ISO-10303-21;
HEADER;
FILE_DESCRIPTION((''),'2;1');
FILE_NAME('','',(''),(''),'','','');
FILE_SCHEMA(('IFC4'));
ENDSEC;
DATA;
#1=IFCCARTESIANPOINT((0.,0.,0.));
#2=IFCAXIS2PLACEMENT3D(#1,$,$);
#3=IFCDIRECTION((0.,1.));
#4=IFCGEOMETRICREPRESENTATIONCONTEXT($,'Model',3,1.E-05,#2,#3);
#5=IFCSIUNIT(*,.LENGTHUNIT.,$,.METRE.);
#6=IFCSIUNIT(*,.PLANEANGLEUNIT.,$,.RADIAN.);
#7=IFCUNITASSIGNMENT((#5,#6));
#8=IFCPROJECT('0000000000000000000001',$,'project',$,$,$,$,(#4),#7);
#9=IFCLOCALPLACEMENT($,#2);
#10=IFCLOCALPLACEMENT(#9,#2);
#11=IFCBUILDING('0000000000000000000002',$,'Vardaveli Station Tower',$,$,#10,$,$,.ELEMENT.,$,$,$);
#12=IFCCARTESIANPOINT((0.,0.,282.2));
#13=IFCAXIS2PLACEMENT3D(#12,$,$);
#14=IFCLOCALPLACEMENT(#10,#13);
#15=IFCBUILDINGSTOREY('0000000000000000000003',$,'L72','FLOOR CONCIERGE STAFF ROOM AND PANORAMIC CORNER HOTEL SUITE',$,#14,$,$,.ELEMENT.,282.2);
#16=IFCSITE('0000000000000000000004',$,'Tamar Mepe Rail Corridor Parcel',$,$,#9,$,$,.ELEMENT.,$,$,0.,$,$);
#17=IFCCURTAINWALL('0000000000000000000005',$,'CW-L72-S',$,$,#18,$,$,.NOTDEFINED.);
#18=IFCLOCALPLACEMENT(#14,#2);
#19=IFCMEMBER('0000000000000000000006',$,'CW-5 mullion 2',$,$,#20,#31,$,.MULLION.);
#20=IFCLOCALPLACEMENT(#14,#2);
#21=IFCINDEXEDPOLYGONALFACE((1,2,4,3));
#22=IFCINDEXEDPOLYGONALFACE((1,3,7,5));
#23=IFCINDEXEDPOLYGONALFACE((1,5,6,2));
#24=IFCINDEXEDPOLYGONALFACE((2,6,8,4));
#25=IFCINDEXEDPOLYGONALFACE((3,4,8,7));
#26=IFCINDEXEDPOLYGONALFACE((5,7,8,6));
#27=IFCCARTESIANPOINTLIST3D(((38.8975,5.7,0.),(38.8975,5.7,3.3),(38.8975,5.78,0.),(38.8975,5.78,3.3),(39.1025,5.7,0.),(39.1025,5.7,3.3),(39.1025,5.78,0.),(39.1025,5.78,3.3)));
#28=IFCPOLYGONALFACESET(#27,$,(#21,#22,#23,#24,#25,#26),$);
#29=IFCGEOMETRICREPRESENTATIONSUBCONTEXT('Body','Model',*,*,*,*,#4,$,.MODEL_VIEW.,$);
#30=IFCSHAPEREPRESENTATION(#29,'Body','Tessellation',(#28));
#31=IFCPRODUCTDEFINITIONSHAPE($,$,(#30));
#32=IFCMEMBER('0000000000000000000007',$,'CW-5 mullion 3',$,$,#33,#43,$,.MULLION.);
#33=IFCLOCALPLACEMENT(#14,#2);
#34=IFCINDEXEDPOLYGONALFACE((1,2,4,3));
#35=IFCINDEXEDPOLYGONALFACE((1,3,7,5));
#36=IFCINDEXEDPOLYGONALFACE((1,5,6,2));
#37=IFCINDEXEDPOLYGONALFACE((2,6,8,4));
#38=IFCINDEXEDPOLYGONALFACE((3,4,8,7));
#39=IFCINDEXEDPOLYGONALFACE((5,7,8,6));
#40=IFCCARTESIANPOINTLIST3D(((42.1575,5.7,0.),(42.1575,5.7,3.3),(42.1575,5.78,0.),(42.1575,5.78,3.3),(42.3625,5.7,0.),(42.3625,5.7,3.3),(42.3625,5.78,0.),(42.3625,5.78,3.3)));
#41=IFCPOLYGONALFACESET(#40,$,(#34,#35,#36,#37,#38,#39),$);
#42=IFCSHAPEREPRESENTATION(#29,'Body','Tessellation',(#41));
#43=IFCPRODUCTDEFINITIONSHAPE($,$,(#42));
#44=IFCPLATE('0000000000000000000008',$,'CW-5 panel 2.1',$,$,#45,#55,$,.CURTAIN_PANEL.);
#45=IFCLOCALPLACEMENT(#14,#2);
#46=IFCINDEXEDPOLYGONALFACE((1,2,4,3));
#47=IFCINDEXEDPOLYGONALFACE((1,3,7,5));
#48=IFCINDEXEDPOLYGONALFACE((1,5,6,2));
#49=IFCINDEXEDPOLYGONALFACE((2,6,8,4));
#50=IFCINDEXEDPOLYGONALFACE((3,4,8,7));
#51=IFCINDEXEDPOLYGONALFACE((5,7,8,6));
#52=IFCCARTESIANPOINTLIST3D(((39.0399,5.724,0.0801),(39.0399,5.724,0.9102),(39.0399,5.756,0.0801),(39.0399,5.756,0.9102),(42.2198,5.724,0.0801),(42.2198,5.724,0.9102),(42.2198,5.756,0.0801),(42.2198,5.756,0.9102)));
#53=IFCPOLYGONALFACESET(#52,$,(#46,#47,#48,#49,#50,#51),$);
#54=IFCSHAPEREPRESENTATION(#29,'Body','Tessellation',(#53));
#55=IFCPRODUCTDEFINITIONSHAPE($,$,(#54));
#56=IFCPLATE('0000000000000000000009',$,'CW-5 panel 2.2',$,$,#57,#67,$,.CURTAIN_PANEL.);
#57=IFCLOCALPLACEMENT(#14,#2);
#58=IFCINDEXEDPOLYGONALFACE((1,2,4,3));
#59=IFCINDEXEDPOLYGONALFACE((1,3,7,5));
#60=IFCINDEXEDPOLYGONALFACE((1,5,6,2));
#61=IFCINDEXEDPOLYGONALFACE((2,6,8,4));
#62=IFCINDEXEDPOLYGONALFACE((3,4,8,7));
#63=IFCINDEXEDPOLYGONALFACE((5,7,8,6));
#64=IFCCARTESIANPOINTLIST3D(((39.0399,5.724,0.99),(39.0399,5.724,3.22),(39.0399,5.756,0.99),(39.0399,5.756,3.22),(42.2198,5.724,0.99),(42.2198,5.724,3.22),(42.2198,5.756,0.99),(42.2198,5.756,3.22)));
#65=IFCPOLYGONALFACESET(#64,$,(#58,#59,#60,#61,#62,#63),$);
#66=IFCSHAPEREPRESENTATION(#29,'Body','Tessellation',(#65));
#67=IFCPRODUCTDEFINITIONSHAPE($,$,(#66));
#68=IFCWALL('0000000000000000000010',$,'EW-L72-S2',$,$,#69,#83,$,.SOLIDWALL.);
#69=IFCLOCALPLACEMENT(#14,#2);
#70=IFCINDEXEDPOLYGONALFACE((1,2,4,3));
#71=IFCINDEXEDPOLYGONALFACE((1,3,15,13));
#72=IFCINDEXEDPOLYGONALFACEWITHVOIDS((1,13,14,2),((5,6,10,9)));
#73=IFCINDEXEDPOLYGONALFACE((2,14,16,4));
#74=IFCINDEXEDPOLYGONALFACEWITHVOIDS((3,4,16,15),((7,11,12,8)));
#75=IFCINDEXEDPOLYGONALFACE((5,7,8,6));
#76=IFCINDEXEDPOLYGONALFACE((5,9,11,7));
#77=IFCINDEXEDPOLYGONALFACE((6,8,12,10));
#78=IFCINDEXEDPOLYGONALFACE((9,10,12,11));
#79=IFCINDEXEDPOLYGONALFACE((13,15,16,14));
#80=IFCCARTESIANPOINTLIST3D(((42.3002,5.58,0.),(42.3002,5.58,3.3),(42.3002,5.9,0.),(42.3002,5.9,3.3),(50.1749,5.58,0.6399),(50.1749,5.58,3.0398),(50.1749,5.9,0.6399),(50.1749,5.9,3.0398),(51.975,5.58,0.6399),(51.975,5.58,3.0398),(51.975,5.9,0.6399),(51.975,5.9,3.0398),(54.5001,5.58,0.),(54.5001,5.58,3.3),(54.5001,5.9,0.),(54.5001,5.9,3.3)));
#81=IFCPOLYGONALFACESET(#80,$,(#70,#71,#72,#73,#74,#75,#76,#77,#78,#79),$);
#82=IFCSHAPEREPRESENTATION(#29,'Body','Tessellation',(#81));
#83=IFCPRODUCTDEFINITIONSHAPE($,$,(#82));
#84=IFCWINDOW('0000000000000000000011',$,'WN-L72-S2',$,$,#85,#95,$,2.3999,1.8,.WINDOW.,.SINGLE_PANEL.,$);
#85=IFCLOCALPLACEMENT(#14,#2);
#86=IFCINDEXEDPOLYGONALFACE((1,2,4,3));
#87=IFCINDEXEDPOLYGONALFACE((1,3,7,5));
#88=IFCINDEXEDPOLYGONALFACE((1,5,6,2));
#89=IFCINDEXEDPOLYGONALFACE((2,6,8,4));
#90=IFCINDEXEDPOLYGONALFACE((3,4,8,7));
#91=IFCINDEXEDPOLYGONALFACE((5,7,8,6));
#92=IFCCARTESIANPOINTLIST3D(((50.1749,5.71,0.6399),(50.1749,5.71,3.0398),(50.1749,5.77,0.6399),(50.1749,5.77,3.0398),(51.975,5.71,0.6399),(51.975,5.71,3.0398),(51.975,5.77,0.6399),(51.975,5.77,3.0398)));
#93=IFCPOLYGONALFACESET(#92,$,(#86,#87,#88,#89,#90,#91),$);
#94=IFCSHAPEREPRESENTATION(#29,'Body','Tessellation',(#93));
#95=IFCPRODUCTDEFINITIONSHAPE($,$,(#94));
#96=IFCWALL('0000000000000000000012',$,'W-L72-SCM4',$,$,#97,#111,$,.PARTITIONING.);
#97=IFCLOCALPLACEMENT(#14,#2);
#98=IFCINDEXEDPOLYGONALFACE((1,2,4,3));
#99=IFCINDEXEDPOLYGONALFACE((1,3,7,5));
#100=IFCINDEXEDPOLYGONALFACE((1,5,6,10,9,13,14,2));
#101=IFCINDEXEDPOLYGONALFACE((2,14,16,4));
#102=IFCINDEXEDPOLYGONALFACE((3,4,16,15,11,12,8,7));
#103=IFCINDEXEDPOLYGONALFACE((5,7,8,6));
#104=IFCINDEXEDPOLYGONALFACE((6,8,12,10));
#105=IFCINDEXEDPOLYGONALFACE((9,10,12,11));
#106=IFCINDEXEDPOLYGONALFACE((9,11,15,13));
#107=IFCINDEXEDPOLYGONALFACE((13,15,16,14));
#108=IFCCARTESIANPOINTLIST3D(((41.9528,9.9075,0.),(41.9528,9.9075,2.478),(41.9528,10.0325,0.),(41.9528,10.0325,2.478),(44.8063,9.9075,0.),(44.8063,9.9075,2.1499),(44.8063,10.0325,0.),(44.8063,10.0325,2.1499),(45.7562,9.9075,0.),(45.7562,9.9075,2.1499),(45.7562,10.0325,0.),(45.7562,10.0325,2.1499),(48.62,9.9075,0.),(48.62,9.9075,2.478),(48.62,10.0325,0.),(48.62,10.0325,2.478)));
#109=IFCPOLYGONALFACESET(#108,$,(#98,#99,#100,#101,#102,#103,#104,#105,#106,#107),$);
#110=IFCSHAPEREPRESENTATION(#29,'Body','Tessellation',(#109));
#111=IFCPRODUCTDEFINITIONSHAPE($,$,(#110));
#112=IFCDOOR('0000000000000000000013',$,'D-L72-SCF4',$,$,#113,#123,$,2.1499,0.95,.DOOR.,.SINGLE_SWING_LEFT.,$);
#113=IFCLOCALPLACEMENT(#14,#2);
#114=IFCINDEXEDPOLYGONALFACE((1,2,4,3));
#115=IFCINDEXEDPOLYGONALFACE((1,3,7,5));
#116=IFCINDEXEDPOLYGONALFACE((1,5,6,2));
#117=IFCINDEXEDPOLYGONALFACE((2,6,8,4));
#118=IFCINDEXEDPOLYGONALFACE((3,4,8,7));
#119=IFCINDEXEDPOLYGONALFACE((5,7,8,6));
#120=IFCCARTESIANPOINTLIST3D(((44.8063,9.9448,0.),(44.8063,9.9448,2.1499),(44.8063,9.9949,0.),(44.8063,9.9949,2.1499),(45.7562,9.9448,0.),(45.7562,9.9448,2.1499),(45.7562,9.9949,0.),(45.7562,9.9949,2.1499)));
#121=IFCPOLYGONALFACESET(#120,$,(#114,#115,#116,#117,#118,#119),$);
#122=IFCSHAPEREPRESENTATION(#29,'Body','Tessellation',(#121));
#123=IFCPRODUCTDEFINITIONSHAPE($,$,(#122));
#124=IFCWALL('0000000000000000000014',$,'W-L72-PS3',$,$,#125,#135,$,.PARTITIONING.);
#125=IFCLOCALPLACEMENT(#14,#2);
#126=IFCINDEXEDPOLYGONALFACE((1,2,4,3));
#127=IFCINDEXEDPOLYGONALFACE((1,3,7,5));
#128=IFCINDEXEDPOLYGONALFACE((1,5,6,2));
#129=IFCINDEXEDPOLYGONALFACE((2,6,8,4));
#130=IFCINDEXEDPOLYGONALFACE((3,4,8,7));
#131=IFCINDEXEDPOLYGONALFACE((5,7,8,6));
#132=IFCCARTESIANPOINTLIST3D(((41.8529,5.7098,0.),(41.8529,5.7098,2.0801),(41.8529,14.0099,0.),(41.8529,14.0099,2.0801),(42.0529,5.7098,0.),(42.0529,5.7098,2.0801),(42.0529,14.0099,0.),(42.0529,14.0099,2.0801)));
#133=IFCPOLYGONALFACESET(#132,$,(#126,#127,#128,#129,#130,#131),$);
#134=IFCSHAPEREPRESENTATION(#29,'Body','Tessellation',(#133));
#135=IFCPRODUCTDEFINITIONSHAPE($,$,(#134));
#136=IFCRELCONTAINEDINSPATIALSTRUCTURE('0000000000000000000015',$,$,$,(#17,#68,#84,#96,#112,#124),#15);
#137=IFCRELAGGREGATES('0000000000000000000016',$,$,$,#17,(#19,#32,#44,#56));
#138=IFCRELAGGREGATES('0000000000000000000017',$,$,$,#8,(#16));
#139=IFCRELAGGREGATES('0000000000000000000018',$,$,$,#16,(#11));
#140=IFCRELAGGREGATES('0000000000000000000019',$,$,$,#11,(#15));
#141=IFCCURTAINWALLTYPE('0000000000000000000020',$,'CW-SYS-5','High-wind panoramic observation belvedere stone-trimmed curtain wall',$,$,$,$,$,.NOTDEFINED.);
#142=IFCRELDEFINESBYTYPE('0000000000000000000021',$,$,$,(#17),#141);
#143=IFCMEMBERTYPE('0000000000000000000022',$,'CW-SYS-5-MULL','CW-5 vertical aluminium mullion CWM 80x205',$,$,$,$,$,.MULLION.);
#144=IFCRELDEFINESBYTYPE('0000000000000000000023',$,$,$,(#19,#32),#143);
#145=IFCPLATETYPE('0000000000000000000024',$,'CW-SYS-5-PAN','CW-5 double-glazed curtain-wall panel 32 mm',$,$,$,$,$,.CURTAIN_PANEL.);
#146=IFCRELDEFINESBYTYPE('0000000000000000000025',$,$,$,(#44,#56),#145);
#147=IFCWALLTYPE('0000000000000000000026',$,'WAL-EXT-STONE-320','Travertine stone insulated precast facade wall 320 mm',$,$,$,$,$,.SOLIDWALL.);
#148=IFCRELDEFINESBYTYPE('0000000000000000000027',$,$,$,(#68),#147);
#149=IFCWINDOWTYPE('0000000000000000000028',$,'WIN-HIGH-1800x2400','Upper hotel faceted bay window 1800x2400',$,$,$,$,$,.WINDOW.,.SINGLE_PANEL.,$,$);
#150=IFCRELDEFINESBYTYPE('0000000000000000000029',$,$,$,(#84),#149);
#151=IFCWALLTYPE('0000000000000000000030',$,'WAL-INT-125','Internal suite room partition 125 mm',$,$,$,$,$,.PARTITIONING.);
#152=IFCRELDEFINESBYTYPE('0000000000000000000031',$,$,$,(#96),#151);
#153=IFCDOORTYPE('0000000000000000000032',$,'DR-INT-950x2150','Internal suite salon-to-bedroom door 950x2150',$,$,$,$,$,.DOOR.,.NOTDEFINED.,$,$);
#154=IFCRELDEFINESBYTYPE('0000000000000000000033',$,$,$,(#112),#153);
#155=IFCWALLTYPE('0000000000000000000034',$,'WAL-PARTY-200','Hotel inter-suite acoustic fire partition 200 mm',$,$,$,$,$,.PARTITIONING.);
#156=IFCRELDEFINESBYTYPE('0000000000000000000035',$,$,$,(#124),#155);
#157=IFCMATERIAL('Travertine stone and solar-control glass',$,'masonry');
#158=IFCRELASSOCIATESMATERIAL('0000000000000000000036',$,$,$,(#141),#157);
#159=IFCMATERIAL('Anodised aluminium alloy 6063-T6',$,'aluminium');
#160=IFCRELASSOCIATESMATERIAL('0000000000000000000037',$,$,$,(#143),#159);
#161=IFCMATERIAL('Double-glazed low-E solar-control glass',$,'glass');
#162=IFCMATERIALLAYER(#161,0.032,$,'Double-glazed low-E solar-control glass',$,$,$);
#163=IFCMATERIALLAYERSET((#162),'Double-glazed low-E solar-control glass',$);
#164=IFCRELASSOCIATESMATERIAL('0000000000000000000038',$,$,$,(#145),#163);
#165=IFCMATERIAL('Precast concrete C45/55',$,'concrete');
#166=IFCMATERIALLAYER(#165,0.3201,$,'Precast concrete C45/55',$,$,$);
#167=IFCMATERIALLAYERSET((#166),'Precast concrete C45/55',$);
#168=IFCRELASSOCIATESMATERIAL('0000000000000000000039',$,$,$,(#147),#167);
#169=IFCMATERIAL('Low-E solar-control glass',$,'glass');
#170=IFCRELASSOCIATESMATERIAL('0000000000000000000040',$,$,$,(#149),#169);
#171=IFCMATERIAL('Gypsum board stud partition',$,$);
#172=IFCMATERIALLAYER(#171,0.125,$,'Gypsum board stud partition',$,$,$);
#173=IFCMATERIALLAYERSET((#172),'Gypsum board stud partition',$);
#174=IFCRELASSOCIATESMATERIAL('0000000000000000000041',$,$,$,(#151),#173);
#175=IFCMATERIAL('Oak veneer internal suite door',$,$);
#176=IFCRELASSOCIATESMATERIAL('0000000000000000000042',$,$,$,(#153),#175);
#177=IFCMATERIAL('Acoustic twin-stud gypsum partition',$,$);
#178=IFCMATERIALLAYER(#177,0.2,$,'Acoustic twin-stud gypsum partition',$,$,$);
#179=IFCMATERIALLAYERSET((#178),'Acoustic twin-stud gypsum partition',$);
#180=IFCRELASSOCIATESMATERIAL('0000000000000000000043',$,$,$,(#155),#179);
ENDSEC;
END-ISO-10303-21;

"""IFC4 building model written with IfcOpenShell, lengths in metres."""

from ifc_helpers import new_model, si_unit, direction, frame, frame_2d, origin, origin_2d, place, context, subcontext, project, spatial, rectangle, extrude, source, transform, mapped, material, layer, layer_set, material_profile, profile_set, type_object, element, fill, aggregate, save


model = new_model("IFC4")

# Units and contexts
model_context = context("Model", 3, precision=1e-05, world=origin(), true_north=direction((0.0, 1.0)))
body_context = subcontext(model_context, "Body", "Model", "MODEL_VIEW")
ifc_project = project(units=[si_unit("LENGTHUNIT", "METRE"), si_unit("PLANEANGLEUNIT", "RADIAN")], contexts=[model_context])

# Site, building, storey
site_placement = place(None, origin())
site = spatial("IfcSite", under=ifc_project, at=site_placement, Name="Tamar Mepe Rail Corridor Parcel", CompositionType="ELEMENT", RefElevation=0.0)
building_placement = place(site_placement, origin())
building = spatial("IfcBuilding", under=site, at=building_placement, Name="Vardaveli Station Tower", CompositionType="ELEMENT")
storey_placement = place(building_placement, frame((0.0, 0.0, 282.2)))
storey = spatial("IfcBuildingStorey", under=building, at=storey_placement, Name="L72", Description="FLOOR CONCIERGE STAFF ROOM AND PANORAMIC CORNER HOTEL SUITE", CompositionType="ELEMENT", Elevation=282.2)

# Curtain wall, members, plates
ifc_material_1 = material(Name="Travertine stone and solar-control glass", Category="masonry")
curtain_wall_type = type_object("IfcCurtainWallType", Name="CW-SYS-5", Description="High-wind panoramic observation belvedere stone-trimmed curtain wall", PredefinedType="NOTDEFINED", material=ifc_material_1)
curtain_wall_placement = place(storey_placement, origin())
curtain_wall = element("IfcCurtainWall", 1, at=curtain_wall_placement, inside=storey, type_object=curtain_wall_type, Name="CW-L72-S", PredefinedType="NOTDEFINED")
ifc_material_2 = material(Name="Anodised aluminium alloy 6063-T6", Category="aluminium")
ifc_material_profile_1 = material_profile(ifc_material_2, rectangle(XDim=0.0801, YDim=0.2051, at=origin_2d()), Name="CWM 80x205")
ifc_profile_set_1 = profile_set([ifc_material_profile_1], Name="Anodised aluminium alloy 6063-T6")
member_type_1 = type_object("IfcMemberType", Name="CW-SYS-5-MULL", Description="CW-5 vertical aluminium mullion CWM 80x205", PredefinedType="MULLION", material=ifc_profile_set_1)
shared_shape_1 = source(origin(), body_context, "Body", "SweptSolid", [
    extrude(rectangle(XDim=0.0801, YDim=0.2051, at=origin_2d()), origin(), (0.0, 0.0, 1.0), 3.3),
])
member_1_placement = place(storey_placement, frame((39.0, 5.74, 0.0), z_axis=(0.0, 0.0, 1.0), x_axis=(0.0, 1.0, 0.0)))
member_1 = element("IfcMember", 2, at=member_1_placement, type_object=member_type_1, Name="CW-5 mullion 2", PredefinedType="MULLION", context=body_context, shape_type="MappedRepresentation", body=[
    mapped(shared_shape_1, transform((0.0, 0.0, 0.0), scale=1.0)),
])
member_2_placement = place(storey_placement, frame((42.26, 5.74, 0.0), z_axis=(0.0, 0.0, 1.0), x_axis=(0.0, 1.0, 0.0)))
member_2 = element("IfcMember", 3, at=member_2_placement, type_object=member_type_1, Name="CW-5 mullion 3", PredefinedType="MULLION", context=body_context, shape_type="MappedRepresentation", body=[
    mapped(shared_shape_1, transform((0.0, 0.0, 0.0), scale=1.0)),
])
ifc_material_3 = material(Name="Double-glazed low-E solar-control glass", Category="glass")
ifc_layer_1 = layer(ifc_material_3, 0.032, Name="Double-glazed low-E solar-control glass")
ifc_layer_set_1 = layer_set([ifc_layer_1], Name="Double-glazed low-E solar-control glass")
plate_type = type_object("IfcPlateType", Name="CW-SYS-5-PAN", Description="CW-5 double-glazed curtain-wall panel 32 mm", PredefinedType="CURTAIN_PANEL", material=ifc_layer_set_1)
shared_shape_2 = source(origin(), body_context, "Body", "SweptSolid", [
    extrude(rectangle(XDim=3.1799, YDim=0.032, at=origin_2d()), origin(), (0.0, 0.0, 1.0), 0.8301),
])
plate_1_placement = place(storey_placement, frame((40.6299, 5.74, 0.0801), z_axis=(0.0, 0.0, 1.0), x_axis=(1.0, 0.0, 0.0)))
plate_1 = element("IfcPlate", 4, at=plate_1_placement, type_object=plate_type, Name="CW-5 panel 2.1", PredefinedType="CURTAIN_PANEL", context=body_context, shape_type="MappedRepresentation", body=[
    mapped(shared_shape_2, transform((0.0, 0.0, 0.0), scale=1.0)),
])
shared_shape_3 = source(origin(), body_context, "Body", "SweptSolid", [
    extrude(rectangle(XDim=3.1799, YDim=0.032, at=origin_2d()), origin(), (0.0, 0.0, 1.0), 2.23),
])
plate_2_placement = place(storey_placement, frame((40.6299, 5.74, 0.99), z_axis=(0.0, 0.0, 1.0), x_axis=(1.0, 0.0, 0.0)))
plate_2 = element("IfcPlate", 5, at=plate_2_placement, type_object=plate_type, Name="CW-5 panel 2.2", PredefinedType="CURTAIN_PANEL", context=body_context, shape_type="MappedRepresentation", body=[
    mapped(shared_shape_3, transform((0.0, 0.0, 0.0), scale=1.0)),
])
aggregate(curtain_wall, [member_1, member_2, plate_1, plate_2])

# Wall, opening, window
ifc_material_4 = material(Name="Precast concrete C45/55", Category="concrete")
ifc_layer_2 = layer(ifc_material_4, 0.3201, Name="Precast concrete C45/55")
ifc_layer_set_2 = layer_set([ifc_layer_2], Name="Precast concrete C45/55")
wall_type_1 = type_object("IfcWallType", Name="WAL-EXT-STONE-320", Description="Travertine stone insulated precast facade wall 320 mm", PredefinedType="SOLIDWALL", material=ifc_layer_set_2)
shared_shape_4 = source(origin(), body_context, "Body", "SweptSolid", [
    extrude(rectangle(XDim=12.2, YDim=0.3201, at=frame_2d((6.1001, 0.0))), origin(), (0.0, 0.0, 1.0), 3.3),
])
wall_1_placement = place(storey_placement, frame((42.3, 5.74, 0.0), z_axis=(0.0, 0.0, 1.0), x_axis=(1.0, 0.0, 0.0)))
wall_1 = element("IfcWall", 6, at=wall_1_placement, inside=storey, type_object=wall_type_1, Name="EW-L72-S2", PredefinedType="SOLIDWALL", context=body_context, shape_type="MappedRepresentation", body=[
    mapped(shared_shape_4, transform((0.0, 0.0, 0.0), scale=1.0)),
])
shared_shape_5 = source(origin(), body_context, "Body", "SweptSolid", [
    extrude(rectangle(XDim=1.8, YDim=2.3999, at=frame_2d((0.8999, 1.2))), frame((0.0, 0.1699, 0.0), z_axis=(0.0, -1.0, 0.0), x_axis=(1.0, 0.0, 0.0)), (0.0, 0.0, 1.0), 0.3401),
])
opening_1_placement = place(wall_1_placement, frame((7.875, 0.0, 0.6399)))
opening_1 = element("IfcOpeningElement", 7, at=opening_1_placement, cuts=wall_1, PredefinedType="OPENING", context=body_context, shape_type="MappedRepresentation", body=[
    mapped(shared_shape_5, transform((0.0, 0.0, 0.0), scale=1.0)),
])
ifc_material_5 = material(Name="Low-E solar-control glass", Category="glass")
window_type = type_object("IfcWindowType", Name="WIN-HIGH-1800x2400", Description="Upper hotel faceted bay window 1800x2400", PartitioningType="SINGLE_PANEL", PredefinedType="WINDOW", material=ifc_material_5)
shared_shape_6 = source(origin(), body_context, "Body", "SweptSolid", [
    extrude(rectangle(XDim=1.8, YDim=2.3999, at=frame_2d((0.8999, 1.2))), frame((0.0, 0.03, 0.0), z_axis=(0.0, -1.0, 0.0), x_axis=(1.0, 0.0, 0.0)), (0.0, 0.0, 1.0), 0.0601),
])
window_placement = place(opening_1_placement, origin())
window = element("IfcWindow", 8, at=window_placement, inside=storey, type_object=window_type, Name="WN-L72-S2", OverallHeight=2.3999, OverallWidth=1.8, PartitioningType="SINGLE_PANEL", PredefinedType="WINDOW", context=body_context, shape_type="MappedRepresentation", body=[
    mapped(shared_shape_6, transform((0.0, 0.0, 0.0), scale=1.0)),
])
fill(opening_1, window)

# Wall, opening, door
ifc_material_6 = material(Name="Gypsum board stud partition")
ifc_layer_3 = layer(ifc_material_6, 0.125, Name="Gypsum board stud partition")
ifc_layer_set_3 = layer_set([ifc_layer_3], Name="Gypsum board stud partition")
wall_type_2 = type_object("IfcWallType", Name="WAL-INT-125", Description="Internal suite room partition 125 mm", PredefinedType="PARTITIONING", material=ifc_layer_set_3)
shared_shape_7 = source(origin(), body_context, "Body", "SweptSolid", [
    extrude(rectangle(XDim=6.6672, YDim=0.125, at=frame_2d((3.3335, 0.0))), origin(), (0.0, 0.0, 1.0), 2.478),
])
wall_2_placement = place(storey_placement, frame((41.9529, 9.97, 0.0), z_axis=(0.0, 0.0, 1.0), x_axis=(1.0, 0.0, 0.0)))
wall_2 = element("IfcWall", 9, at=wall_2_placement, inside=storey, type_object=wall_type_2, Name="W-L72-SCM4", PredefinedType="PARTITIONING", context=body_context, shape_type="MappedRepresentation", body=[
    mapped(shared_shape_7, transform((0.0, 0.0, 0.0), scale=1.0)),
])
shared_shape_8 = source(origin(), body_context, "Body", "SweptSolid", [
    extrude(rectangle(XDim=0.95, YDim=2.1499, at=frame_2d((0.4751, 1.075))), frame((0.0, 0.0725, 0.0), z_axis=(0.0, -1.0, 0.0), x_axis=(1.0, 0.0, 0.0)), (0.0, 0.0, 1.0), 0.145),
])
opening_2_placement = place(wall_2_placement, frame((2.8533, 0.0, 0.0)))
opening_2 = element("IfcOpeningElement", 10, at=opening_2_placement, cuts=wall_2, PredefinedType="OPENING", context=body_context, shape_type="MappedRepresentation", body=[
    mapped(shared_shape_8, transform((0.0, 0.0, 0.0), scale=1.0)),
])
ifc_material_7 = material(Name="Oak veneer internal suite door")
door_type = type_object("IfcDoorType", Name="DR-INT-950x2150", Description="Internal suite salon-to-bedroom door 950x2150", OperationType="NOTDEFINED", PredefinedType="DOOR", material=ifc_material_7)
shared_shape_9 = source(origin(), body_context, "Body", "SweptSolid", [
    extrude(rectangle(XDim=0.95, YDim=2.1499, at=frame_2d((0.4751, 1.075))), frame((0.0, 0.0249, 0.0), z_axis=(0.0, -1.0, 0.0), x_axis=(1.0, 0.0, 0.0)), (0.0, 0.0, 1.0), 0.05),
])
door_placement = place(opening_2_placement, origin())
door = element("IfcDoor", 11, at=door_placement, inside=storey, type_object=door_type, Name="D-L72-SCF4", OperationType="SINGLE_SWING_LEFT", OverallHeight=2.1499, OverallWidth=0.95, PredefinedType="DOOR", context=body_context, shape_type="MappedRepresentation", body=[
    mapped(shared_shape_9, transform((0.0, 0.0, 0.0), scale=1.0)),
])
fill(opening_2, door)

# Wall
ifc_material_8 = material(Name="Acoustic twin-stud gypsum partition")
ifc_layer_4 = layer(ifc_material_8, 0.2, Name="Acoustic twin-stud gypsum partition")
ifc_layer_set_4 = layer_set([ifc_layer_4], Name="Acoustic twin-stud gypsum partition")
wall_type_3 = type_object("IfcWallType", Name="WAL-PARTY-200", Description="Hotel inter-suite acoustic fire partition 200 mm", PredefinedType="PARTITIONING", material=ifc_layer_set_4)
shared_shape_10 = source(origin(), body_context, "Body", "SweptSolid", [
    extrude(rectangle(XDim=8.3, YDim=0.2, at=frame_2d((4.1499, 0.0))), origin(), (0.0, 0.0, 1.0), 2.0801),
])
wall_3_placement = place(storey_placement, frame((41.9529, 5.71, 0.0), z_axis=(0.0, 0.0, 1.0), x_axis=(0.0, 1.0, 0.0)))
element("IfcWall", 12, at=wall_3_placement, inside=storey, type_object=wall_type_3, Name="W-L72-PS3", PredefinedType="PARTITIONING", context=body_context, shape_type="MappedRepresentation", body=[
    mapped(shared_shape_10, transform((0.0, 0.0, 0.0), scale=1.0)),
])

save(model, "model.ifc")
